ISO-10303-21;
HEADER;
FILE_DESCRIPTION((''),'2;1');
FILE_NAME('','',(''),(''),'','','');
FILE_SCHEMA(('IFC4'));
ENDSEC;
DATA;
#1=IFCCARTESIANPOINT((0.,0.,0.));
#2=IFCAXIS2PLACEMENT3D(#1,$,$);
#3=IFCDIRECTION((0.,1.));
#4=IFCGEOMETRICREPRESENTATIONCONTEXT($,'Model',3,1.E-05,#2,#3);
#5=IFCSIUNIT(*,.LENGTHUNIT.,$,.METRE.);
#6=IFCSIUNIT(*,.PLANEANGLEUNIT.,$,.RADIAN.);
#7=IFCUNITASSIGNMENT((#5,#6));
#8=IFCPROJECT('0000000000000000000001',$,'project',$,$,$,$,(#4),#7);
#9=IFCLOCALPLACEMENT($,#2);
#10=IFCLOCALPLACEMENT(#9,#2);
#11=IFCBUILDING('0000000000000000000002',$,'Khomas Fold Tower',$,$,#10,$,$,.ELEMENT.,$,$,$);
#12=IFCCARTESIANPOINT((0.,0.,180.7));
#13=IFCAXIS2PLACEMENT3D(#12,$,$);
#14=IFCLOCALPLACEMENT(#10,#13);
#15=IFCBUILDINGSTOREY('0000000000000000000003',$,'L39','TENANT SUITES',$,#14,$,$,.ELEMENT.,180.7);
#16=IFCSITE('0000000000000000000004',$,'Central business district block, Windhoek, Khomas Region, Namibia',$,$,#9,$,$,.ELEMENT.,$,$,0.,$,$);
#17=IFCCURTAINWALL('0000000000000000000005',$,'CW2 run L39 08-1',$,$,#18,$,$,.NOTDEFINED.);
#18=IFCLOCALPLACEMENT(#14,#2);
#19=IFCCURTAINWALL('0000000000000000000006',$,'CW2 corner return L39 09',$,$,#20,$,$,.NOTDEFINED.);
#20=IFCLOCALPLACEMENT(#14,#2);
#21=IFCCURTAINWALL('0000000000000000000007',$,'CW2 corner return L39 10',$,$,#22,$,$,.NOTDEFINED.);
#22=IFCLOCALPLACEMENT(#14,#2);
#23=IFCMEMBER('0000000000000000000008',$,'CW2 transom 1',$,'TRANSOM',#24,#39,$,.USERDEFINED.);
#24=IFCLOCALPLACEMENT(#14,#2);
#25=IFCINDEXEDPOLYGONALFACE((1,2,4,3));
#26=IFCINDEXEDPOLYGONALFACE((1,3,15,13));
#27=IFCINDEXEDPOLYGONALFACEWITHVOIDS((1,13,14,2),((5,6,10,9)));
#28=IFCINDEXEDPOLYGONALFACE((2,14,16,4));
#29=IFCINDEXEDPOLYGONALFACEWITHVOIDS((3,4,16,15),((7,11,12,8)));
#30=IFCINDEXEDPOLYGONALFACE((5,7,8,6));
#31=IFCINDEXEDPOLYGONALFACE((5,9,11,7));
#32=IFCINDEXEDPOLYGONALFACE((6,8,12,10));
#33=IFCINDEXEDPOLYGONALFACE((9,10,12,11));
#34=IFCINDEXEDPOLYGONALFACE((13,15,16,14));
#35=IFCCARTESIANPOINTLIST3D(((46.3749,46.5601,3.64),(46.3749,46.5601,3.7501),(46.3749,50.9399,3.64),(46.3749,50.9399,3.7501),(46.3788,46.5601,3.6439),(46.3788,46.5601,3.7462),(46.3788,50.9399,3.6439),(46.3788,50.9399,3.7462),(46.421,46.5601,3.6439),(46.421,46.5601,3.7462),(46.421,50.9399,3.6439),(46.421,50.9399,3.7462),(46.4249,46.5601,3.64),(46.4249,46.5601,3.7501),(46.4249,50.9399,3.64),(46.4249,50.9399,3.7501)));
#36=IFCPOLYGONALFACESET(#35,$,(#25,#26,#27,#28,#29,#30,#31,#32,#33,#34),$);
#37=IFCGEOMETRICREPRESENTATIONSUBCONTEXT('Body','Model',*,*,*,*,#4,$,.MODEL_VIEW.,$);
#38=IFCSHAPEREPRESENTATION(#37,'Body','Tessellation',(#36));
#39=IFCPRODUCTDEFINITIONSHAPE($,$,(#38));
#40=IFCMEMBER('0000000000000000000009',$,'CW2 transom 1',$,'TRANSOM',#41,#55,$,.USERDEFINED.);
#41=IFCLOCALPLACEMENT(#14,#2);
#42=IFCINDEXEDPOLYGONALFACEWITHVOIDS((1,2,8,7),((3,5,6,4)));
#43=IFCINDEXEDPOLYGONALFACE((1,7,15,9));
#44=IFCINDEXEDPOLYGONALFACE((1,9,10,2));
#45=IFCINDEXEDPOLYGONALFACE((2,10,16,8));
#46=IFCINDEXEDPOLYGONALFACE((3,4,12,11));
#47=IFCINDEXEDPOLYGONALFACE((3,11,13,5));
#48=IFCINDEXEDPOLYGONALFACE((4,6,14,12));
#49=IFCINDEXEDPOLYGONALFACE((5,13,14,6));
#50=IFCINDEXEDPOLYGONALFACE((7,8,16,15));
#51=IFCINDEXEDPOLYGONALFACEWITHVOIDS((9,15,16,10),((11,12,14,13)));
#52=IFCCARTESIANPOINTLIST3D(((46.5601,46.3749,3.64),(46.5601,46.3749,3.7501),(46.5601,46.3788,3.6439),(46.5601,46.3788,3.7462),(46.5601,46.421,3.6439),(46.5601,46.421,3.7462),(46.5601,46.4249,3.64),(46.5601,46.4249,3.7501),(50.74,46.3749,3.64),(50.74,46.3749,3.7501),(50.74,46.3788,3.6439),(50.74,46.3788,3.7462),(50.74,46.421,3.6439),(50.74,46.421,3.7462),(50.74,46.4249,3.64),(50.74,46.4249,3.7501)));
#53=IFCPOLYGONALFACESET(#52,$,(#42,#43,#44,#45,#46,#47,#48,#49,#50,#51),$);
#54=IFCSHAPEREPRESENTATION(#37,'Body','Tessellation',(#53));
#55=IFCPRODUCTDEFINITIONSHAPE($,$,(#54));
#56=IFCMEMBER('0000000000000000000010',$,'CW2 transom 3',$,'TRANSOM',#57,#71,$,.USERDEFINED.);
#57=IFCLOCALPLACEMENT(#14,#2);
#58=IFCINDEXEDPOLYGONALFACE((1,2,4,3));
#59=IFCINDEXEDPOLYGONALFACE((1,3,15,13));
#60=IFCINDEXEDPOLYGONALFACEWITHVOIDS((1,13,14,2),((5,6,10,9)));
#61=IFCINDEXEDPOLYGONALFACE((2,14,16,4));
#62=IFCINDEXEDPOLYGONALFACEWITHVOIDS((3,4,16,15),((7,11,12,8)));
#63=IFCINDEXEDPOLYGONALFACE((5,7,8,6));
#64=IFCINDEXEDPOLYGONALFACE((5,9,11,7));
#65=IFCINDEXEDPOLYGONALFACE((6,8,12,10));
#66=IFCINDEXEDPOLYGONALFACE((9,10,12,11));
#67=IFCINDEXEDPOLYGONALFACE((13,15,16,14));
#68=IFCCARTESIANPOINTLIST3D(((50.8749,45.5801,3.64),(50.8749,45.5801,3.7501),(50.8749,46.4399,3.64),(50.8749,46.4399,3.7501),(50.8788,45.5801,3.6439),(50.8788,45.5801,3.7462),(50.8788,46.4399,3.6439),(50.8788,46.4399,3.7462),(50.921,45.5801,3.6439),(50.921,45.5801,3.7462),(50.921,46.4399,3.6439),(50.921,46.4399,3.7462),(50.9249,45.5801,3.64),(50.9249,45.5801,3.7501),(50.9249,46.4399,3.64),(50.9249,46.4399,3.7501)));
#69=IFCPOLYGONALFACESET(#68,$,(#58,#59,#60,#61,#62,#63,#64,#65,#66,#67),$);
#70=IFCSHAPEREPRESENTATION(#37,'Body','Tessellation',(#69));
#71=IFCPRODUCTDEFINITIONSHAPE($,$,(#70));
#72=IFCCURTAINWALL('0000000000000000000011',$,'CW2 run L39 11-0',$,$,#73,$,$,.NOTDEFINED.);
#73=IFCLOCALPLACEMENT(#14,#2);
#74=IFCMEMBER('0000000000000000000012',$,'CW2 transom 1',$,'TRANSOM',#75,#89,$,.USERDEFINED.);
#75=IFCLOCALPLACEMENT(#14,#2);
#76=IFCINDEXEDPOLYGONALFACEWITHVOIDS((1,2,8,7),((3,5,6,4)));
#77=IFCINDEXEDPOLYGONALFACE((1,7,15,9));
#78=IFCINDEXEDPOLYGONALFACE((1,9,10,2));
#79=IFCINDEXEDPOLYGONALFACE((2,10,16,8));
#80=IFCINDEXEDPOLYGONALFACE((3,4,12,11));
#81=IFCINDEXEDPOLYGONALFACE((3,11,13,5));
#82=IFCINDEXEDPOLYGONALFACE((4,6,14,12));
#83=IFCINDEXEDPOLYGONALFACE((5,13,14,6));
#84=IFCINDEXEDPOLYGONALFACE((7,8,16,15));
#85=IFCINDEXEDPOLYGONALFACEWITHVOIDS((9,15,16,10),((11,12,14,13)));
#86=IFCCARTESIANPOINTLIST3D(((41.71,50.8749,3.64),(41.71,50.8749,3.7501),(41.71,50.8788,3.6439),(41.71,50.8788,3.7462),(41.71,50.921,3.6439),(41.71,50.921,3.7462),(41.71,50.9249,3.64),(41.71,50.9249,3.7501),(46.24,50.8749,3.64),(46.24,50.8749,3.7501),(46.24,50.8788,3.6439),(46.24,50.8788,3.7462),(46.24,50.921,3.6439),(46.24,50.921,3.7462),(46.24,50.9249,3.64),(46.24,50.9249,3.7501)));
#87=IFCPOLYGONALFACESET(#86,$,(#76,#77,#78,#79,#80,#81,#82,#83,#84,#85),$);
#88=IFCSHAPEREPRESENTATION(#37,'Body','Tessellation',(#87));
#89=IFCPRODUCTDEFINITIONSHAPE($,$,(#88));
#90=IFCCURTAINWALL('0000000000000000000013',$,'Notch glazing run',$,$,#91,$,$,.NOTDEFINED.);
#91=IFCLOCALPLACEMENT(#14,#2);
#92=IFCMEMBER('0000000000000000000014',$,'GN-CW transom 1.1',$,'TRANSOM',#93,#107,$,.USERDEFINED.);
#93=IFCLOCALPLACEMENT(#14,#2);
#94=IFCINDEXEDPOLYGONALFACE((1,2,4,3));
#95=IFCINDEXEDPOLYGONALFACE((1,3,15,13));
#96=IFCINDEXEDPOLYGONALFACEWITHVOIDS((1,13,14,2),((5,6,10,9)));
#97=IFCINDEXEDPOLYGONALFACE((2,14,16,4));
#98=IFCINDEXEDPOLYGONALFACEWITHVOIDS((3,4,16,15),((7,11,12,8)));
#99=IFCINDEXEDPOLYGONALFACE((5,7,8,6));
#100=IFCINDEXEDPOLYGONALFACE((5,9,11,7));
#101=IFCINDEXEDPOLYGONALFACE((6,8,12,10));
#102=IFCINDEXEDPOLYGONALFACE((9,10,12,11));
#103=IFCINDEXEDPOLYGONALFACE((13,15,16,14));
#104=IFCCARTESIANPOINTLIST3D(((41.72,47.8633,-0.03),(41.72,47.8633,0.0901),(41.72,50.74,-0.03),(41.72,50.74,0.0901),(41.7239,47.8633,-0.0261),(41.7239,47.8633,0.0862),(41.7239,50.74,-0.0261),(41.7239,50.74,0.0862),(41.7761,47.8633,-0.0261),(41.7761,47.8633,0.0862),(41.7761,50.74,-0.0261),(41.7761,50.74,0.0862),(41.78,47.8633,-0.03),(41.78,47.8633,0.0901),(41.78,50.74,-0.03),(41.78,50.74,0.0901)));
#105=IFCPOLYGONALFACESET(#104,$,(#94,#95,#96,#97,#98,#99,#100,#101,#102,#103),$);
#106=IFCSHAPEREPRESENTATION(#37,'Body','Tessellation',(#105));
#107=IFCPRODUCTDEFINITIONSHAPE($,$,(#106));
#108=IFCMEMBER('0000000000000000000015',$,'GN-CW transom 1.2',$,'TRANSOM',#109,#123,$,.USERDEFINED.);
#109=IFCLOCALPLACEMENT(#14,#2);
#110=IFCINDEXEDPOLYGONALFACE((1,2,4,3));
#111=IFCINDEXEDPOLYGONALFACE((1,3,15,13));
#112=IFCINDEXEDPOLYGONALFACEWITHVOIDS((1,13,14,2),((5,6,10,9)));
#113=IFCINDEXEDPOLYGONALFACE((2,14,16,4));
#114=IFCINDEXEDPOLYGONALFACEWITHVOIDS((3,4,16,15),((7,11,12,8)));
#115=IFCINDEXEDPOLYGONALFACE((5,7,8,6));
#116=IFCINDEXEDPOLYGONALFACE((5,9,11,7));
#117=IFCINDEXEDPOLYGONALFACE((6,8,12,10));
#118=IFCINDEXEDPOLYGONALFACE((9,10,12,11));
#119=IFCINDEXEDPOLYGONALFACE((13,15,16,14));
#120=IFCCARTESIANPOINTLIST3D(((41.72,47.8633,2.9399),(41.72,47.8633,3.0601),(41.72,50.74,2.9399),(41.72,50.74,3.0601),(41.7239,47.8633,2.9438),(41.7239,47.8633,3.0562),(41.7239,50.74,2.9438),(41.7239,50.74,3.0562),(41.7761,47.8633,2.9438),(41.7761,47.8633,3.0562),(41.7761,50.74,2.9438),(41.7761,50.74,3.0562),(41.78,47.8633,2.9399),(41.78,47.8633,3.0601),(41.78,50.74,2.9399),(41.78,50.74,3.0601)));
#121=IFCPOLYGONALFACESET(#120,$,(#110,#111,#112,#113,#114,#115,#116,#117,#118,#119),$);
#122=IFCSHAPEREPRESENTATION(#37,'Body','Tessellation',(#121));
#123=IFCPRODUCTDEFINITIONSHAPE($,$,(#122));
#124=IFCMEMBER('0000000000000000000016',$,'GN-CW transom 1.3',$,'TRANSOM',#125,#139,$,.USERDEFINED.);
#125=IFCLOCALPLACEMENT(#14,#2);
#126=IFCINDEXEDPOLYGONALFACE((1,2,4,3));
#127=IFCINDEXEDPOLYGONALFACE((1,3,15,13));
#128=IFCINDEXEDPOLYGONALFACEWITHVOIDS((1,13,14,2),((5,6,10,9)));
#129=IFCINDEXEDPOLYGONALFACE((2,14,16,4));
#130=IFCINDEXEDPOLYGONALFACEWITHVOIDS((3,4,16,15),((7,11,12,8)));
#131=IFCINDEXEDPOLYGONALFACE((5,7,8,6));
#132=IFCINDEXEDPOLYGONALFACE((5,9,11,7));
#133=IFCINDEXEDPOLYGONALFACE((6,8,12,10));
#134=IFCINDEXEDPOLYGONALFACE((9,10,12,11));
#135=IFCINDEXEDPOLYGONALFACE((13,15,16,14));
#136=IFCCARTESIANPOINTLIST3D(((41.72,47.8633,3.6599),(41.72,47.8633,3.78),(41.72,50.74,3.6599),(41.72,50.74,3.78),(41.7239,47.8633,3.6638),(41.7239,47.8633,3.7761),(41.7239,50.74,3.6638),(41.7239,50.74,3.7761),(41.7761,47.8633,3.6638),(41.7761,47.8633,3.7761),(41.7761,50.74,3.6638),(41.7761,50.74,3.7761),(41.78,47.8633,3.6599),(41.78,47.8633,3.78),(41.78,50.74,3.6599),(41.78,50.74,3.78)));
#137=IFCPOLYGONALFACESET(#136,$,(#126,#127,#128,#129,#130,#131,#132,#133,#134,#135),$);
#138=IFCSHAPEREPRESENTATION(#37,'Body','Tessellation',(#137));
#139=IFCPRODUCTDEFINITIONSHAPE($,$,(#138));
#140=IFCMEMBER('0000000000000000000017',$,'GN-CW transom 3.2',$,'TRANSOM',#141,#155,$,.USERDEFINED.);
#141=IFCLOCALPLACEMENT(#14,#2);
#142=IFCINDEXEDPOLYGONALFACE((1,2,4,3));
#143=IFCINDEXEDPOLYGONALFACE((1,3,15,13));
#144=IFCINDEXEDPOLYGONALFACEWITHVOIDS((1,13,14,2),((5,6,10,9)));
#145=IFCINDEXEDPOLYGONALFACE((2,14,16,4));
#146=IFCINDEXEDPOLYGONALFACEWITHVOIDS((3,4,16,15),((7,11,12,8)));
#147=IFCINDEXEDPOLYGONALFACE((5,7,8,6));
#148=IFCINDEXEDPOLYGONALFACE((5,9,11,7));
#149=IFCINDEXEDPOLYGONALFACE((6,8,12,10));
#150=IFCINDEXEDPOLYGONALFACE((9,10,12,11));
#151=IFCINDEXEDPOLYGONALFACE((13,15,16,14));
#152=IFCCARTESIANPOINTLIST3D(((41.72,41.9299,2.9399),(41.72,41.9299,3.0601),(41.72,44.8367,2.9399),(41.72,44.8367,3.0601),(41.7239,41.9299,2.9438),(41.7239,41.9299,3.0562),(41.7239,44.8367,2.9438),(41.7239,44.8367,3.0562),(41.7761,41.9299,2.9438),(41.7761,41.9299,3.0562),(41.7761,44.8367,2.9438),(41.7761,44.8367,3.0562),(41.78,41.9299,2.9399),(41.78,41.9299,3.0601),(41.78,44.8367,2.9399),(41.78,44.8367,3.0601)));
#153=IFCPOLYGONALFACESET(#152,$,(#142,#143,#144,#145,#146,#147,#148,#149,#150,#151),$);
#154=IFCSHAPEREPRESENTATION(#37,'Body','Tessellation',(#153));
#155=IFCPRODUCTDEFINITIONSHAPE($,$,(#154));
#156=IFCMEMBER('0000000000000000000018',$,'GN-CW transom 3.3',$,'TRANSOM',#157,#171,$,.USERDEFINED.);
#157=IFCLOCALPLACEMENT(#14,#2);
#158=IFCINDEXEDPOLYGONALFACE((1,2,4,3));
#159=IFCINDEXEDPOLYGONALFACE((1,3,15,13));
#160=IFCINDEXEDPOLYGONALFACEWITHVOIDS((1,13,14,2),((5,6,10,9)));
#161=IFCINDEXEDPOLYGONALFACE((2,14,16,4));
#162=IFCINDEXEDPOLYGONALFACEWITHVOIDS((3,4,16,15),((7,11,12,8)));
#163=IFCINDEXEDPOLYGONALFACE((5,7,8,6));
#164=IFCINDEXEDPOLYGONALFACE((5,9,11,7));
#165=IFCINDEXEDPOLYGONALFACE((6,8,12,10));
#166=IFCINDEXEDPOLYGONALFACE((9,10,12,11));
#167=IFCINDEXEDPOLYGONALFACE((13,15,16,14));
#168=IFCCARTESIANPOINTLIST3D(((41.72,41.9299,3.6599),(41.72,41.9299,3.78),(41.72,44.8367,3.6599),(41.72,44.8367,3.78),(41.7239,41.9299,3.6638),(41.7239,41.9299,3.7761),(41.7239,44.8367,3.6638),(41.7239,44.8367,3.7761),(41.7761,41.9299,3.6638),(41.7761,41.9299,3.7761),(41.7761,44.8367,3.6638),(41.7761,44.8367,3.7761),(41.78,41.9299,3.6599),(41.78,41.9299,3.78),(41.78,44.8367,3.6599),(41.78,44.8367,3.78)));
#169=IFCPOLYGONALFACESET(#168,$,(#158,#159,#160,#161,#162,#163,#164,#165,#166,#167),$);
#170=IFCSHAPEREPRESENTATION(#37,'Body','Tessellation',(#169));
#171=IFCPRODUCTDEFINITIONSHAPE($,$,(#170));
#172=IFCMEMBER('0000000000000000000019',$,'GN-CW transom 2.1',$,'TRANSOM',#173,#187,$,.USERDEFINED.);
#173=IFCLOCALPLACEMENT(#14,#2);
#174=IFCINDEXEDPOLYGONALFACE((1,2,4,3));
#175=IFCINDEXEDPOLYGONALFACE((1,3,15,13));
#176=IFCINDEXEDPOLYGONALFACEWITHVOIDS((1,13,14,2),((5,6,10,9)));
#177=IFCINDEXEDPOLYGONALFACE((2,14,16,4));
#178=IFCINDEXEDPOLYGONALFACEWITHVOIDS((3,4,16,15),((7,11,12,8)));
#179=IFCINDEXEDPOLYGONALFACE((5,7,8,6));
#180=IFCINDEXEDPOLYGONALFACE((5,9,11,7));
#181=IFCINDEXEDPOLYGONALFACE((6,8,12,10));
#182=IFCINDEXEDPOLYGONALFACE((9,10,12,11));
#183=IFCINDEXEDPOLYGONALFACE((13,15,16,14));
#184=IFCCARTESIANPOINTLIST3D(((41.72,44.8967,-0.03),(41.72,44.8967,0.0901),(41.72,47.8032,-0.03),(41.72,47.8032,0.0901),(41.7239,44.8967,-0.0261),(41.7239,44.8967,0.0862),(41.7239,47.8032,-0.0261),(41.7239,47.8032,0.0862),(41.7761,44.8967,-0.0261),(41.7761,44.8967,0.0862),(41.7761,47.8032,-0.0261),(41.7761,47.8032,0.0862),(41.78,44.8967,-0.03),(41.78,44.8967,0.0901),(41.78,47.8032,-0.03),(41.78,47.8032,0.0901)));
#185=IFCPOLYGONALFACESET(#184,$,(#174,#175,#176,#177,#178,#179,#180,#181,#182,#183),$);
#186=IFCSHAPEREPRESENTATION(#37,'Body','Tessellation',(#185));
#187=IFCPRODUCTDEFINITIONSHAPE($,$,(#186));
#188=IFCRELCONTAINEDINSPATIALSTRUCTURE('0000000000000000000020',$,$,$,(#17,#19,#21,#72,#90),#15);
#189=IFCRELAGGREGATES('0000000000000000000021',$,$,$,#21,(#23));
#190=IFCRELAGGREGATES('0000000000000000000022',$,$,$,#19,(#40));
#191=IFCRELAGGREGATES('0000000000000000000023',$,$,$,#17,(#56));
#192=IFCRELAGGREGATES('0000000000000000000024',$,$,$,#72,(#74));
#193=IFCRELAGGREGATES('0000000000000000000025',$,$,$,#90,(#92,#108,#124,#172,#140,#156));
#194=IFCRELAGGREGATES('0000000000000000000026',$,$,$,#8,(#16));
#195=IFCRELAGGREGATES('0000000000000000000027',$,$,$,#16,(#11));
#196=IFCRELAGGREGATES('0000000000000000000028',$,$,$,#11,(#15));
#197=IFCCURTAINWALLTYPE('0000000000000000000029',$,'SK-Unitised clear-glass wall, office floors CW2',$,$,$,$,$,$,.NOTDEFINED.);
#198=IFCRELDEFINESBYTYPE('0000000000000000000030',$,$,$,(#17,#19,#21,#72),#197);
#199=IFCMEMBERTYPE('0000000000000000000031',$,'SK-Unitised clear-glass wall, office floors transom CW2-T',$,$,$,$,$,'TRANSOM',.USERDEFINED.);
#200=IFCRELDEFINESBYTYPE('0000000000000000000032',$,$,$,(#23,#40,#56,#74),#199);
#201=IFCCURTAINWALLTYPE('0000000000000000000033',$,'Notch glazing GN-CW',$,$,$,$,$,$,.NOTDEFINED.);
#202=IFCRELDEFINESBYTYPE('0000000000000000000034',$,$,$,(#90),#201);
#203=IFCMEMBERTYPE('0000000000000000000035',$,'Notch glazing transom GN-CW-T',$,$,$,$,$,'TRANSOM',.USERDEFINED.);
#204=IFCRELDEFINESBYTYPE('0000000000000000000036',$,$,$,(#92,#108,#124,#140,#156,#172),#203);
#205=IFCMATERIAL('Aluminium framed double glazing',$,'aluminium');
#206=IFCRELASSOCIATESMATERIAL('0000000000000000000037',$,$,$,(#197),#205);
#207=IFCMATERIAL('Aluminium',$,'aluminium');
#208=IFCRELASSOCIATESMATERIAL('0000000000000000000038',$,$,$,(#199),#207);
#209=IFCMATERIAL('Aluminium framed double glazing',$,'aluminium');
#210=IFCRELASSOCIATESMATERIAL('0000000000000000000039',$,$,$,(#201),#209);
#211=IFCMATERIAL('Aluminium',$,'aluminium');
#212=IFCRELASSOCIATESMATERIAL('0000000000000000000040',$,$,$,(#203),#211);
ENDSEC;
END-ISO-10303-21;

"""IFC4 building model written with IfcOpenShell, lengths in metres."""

from ifc_helpers import new_model, si_unit, direction, frame, origin, origin_2d, place, context, subcontext, project, spatial, hollow_rectangle, extrude, source, transform, mapped, material, material_profile, profile_set, type_object, element, aggregate, save


model = new_model("IFC4")

# Units and contexts
model_context = context("Model", 3, precision=1e-05, world=origin(), true_north=direction((0.0, 1.0)))
body_context = subcontext(model_context, "Body", "Model", "MODEL_VIEW")
ifc_project = project(units=[si_unit("LENGTHUNIT", "METRE"), si_unit("PLANEANGLEUNIT", "RADIAN")], contexts=[model_context])

# Site, building, storey
site_placement = place(None, origin())
site = spatial("IfcSite", under=ifc_project, at=site_placement, Name="Central business district block, Windhoek, Khomas Region, Namibia", CompositionType="ELEMENT", RefElevation=0.0)
building_placement = place(site_placement, origin())
building = spatial("IfcBuilding", under=site, at=building_placement, Name="Khomas Fold Tower", CompositionType="ELEMENT")
storey_placement = place(building_placement, frame((0.0, 0.0, 180.7)))
storey = spatial("IfcBuildingStorey", under=building, at=storey_placement, Name="L39", Description="TENANT SUITES", CompositionType="ELEMENT", Elevation=180.7)

# Curtain walls, member
ifc_material_1 = material(Name="Aluminium framed double glazing", Category="aluminium")
curtain_wall_type_1 = type_object("IfcCurtainWallType", Name="SK-Unitised clear-glass wall, office floors CW2", PredefinedType="NOTDEFINED", material=ifc_material_1)
curtain_wall_1_placement = place(storey_placement, origin())
curtain_wall_1 = element("IfcCurtainWall", 1, at=curtain_wall_1_placement, inside=storey, type_object=curtain_wall_type_1, Name="CW2 run L39 08-1", PredefinedType="NOTDEFINED")
curtain_wall_2_placement = place(storey_placement, origin())
curtain_wall_2 = element("IfcCurtainWall", 2, at=curtain_wall_2_placement, inside=storey, type_object=curtain_wall_type_1, Name="CW2 corner return L39 09", PredefinedType="NOTDEFINED")
curtain_wall_3_placement = place(storey_placement, origin())
curtain_wall_3 = element("IfcCurtainWall", 3, at=curtain_wall_3_placement, inside=storey, type_object=curtain_wall_type_1, Name="CW2 corner return L39 10", PredefinedType="NOTDEFINED")
ifc_material_2 = material(Name="Aluminium", Category="aluminium")
ifc_material_profile_1 = material_profile(ifc_material_2, hollow_rectangle(XDim=0.05, YDim=0.1101, WallThickness=0.0039, at=origin_2d()), Name="SK-Unitised clear-glass wall, office floors transom CW2-T")
ifc_profile_set_1 = profile_set([ifc_material_profile_1], Name="Aluminium")
member_type_1 = type_object("IfcMemberType", Name="SK-Unitised clear-glass wall, office floors transom CW2-T", ElementType="TRANSOM", PredefinedType="USERDEFINED", material=ifc_profile_set_1)
shared_shape_1 = source(origin(), body_context, "Body", "SweptSolid", [
    extrude(hollow_rectangle(XDim=0.05, YDim=0.1101, WallThickness=0.0039, at=origin_2d()), origin(), (0.0, 0.0, 1.0), 4.3799),
])
member_1_placement = place(storey_placement, frame((46.3999, 46.5601, 3.6951), z_axis=(0.0, 1.0, 0.0), x_axis=(-1.0, 0.0, 0.0)))
member_1 = element("IfcMember", 4, at=member_1_placement, type_object=member_type_1, Name="CW2 transom 1", ObjectType="TRANSOM", PredefinedType="USERDEFINED", context=body_context, shape_type="MappedRepresentation", body=[
    mapped(shared_shape_1, transform((0.0, 0.0, 0.0))),
])

# Members
shared_shape_2 = source(origin(), body_context, "Body", "SweptSolid", [
    extrude(hollow_rectangle(XDim=0.05, YDim=0.1101, WallThickness=0.0039, at=origin_2d()), origin(), (0.0, 0.0, 1.0), 4.1799),
])
member_2_placement = place(storey_placement, frame((50.74, 46.3999, 3.6951), z_axis=(-1.0, 0.0, 0.0), x_axis=(0.0, -1.0, 0.0)))
member_2 = element("IfcMember", 5, at=member_2_placement, type_object=member_type_1, Name="CW2 transom 1", ObjectType="TRANSOM", PredefinedType="USERDEFINED", context=body_context, shape_type="MappedRepresentation", body=[
    mapped(shared_shape_2, transform((0.0, 0.0, 0.0))),
])
shared_shape_3 = source(origin(), body_context, "Body", "SweptSolid", [
    extrude(hollow_rectangle(XDim=0.05, YDim=0.1101, WallThickness=0.0039, at=origin_2d()), origin(), (0.0, 0.0, 1.0), 0.8599),
])
member_3_placement = place(storey_placement, frame((50.8999, 45.5801, 3.6951), z_axis=(0.0, 1.0, 0.0), x_axis=(-1.0, 0.0, 0.0)))
member_3 = element("IfcMember", 6, at=member_3_placement, type_object=member_type_1, Name="CW2 transom 3", ObjectType="TRANSOM", PredefinedType="USERDEFINED", context=body_context, shape_type="MappedRepresentation", body=[
    mapped(shared_shape_3, transform((0.0, 0.0, 0.0))),
])

# Curtain wall, member
curtain_wall_4_placement = place(storey_placement, origin())
curtain_wall_4 = element("IfcCurtainWall", 7, at=curtain_wall_4_placement, inside=storey, type_object=curtain_wall_type_1, Name="CW2 run L39 11-0", PredefinedType="NOTDEFINED")
shared_shape_4 = source(origin(), body_context, "Body", "SweptSolid", [
    extrude(hollow_rectangle(XDim=0.05, YDim=0.1101, WallThickness=0.0039, at=origin_2d()), origin(), (0.0, 0.0, 1.0), 4.53),
])
member_4_placement = place(storey_placement, frame((46.24, 50.8999, 3.6951), z_axis=(-1.0, 0.0, 0.0), x_axis=(0.0, -1.0, 0.0)))
member_4 = element("IfcMember", 8, at=member_4_placement, type_object=member_type_1, Name="CW2 transom 1", ObjectType="TRANSOM", PredefinedType="USERDEFINED", context=body_context, shape_type="MappedRepresentation", body=[
    mapped(shared_shape_4, transform((0.0, 0.0, 0.0))),
])

# Curtain wall, members
ifc_material_3 = material(Name="Aluminium framed double glazing", Category="aluminium")
curtain_wall_type_2 = type_object("IfcCurtainWallType", Name="Notch glazing GN-CW", PredefinedType="NOTDEFINED", material=ifc_material_3)
curtain_wall_5_placement = place(storey_placement, origin())
curtain_wall_5 = element("IfcCurtainWall", 9, at=curtain_wall_5_placement, inside=storey, type_object=curtain_wall_type_2, Name="Notch glazing run", PredefinedType="NOTDEFINED")
ifc_material_4 = material(Name="Aluminium", Category="aluminium")
ifc_material_profile_2 = material_profile(ifc_material_4, hollow_rectangle(XDim=0.0601, YDim=0.1201, WallThickness=0.0039, at=origin_2d()), Name="Notch glazing transom GN-CW-T")
ifc_profile_set_2 = profile_set([ifc_material_profile_2], Name="Aluminium")
member_type_2 = type_object("IfcMemberType", Name="Notch glazing transom GN-CW-T", ElementType="TRANSOM", PredefinedType="USERDEFINED", material=ifc_profile_set_2)
shared_shape_5 = source(origin(), body_context, "Body", "SweptSolid", [
    extrude(hollow_rectangle(XDim=0.0601, YDim=0.1201, WallThickness=0.0039, at=origin_2d()), origin(), (0.0, 0.0, 1.0), 2.8767),
])
member_5_placement = place(storey_placement, frame((41.75, 50.74, 0.03), z_axis=(0.0, -1.0, 0.0), x_axis=(1.0, 0.0, 0.0)))
member_5 = element("IfcMember", 10, at=member_5_placement, type_object=member_type_2, Name="GN-CW transom 1.1", ObjectType="TRANSOM", PredefinedType="USERDEFINED", context=body_context, shape_type="MappedRepresentation", body=[
    mapped(shared_shape_5, transform((0.0, 0.0, 0.0))),
])
member_6_placement = place(storey_placement, frame((41.75, 50.74, 3.0), z_axis=(0.0, -1.0, 0.0), x_axis=(1.0, 0.0, 0.0)))
member_6 = element("IfcMember", 11, at=member_6_placement, type_object=member_type_2, Name="GN-CW transom 1.2", ObjectType="TRANSOM", PredefinedType="USERDEFINED", context=body_context, shape_type="MappedRepresentation", body=[
    mapped(shared_shape_5, transform((0.0, 0.0, 0.0))),
])
member_7_placement = place(storey_placement, frame((41.75, 50.74, 3.72), z_axis=(0.0, -1.0, 0.0), x_axis=(1.0, 0.0, 0.0)))
member_7 = element("IfcMember", 12, at=member_7_placement, type_object=member_type_2, Name="GN-CW transom 1.3", ObjectType="TRANSOM", PredefinedType="USERDEFINED", context=body_context, shape_type="MappedRepresentation", body=[
    mapped(shared_shape_5, transform((0.0, 0.0, 0.0))),
])
shared_shape_6 = source(origin(), body_context, "Body", "SweptSolid", [
    extrude(hollow_rectangle(XDim=0.0601, YDim=0.1201, WallThickness=0.0039, at=origin_2d()), origin(), (0.0, 0.0, 1.0), 2.9067),
])
member_8_placement = place(storey_placement, frame((41.75, 44.8367, 3.0), z_axis=(0.0, -1.0, 0.0), x_axis=(1.0, 0.0, 0.0)))
member_8 = element("IfcMember", 13, at=member_8_placement, type_object=member_type_2, Name="GN-CW transom 3.2", ObjectType="TRANSOM", PredefinedType="USERDEFINED", context=body_context, shape_type="MappedRepresentation", body=[
    mapped(shared_shape_6, transform((0.0, 0.0, 0.0))),
])
member_9_placement = place(storey_placement, frame((41.75, 44.8367, 3.72), z_axis=(0.0, -1.0, 0.0), x_axis=(1.0, 0.0, 0.0)))
member_9 = element("IfcMember", 14, at=member_9_placement, type_object=member_type_2, Name="GN-CW transom 3.3", ObjectType="TRANSOM", PredefinedType="USERDEFINED", context=body_context, shape_type="MappedRepresentation", body=[
    mapped(shared_shape_6, transform((0.0, 0.0, 0.0))),
])
shared_shape_7 = source(origin(), body_context, "Body", "SweptSolid", [
    extrude(hollow_rectangle(XDim=0.0601, YDim=0.1201, WallThickness=0.0039, at=origin_2d()), origin(), (0.0, 0.0, 1.0), 2.9065),
])
member_10_placement = place(storey_placement, frame((41.75, 47.8032, 0.03), z_axis=(0.0, -1.0, 0.0), x_axis=(1.0, 0.0, 0.0)))
member_10 = element("IfcMember", 15, at=member_10_placement, type_object=member_type_2, Name="GN-CW transom 2.1", ObjectType="TRANSOM", PredefinedType="USERDEFINED", context=body_context, shape_type="MappedRepresentation", body=[
    mapped(shared_shape_7, transform((0.0, 0.0, 0.0))),
])

aggregate(curtain_wall_3, [member_1])
aggregate(curtain_wall_2, [member_2])
aggregate(curtain_wall_1, [member_3])
aggregate(curtain_wall_4, [member_4])
aggregate(curtain_wall_5, [member_5, member_6, member_7, member_10, member_8, member_9])

save(model, "model.ifc")
